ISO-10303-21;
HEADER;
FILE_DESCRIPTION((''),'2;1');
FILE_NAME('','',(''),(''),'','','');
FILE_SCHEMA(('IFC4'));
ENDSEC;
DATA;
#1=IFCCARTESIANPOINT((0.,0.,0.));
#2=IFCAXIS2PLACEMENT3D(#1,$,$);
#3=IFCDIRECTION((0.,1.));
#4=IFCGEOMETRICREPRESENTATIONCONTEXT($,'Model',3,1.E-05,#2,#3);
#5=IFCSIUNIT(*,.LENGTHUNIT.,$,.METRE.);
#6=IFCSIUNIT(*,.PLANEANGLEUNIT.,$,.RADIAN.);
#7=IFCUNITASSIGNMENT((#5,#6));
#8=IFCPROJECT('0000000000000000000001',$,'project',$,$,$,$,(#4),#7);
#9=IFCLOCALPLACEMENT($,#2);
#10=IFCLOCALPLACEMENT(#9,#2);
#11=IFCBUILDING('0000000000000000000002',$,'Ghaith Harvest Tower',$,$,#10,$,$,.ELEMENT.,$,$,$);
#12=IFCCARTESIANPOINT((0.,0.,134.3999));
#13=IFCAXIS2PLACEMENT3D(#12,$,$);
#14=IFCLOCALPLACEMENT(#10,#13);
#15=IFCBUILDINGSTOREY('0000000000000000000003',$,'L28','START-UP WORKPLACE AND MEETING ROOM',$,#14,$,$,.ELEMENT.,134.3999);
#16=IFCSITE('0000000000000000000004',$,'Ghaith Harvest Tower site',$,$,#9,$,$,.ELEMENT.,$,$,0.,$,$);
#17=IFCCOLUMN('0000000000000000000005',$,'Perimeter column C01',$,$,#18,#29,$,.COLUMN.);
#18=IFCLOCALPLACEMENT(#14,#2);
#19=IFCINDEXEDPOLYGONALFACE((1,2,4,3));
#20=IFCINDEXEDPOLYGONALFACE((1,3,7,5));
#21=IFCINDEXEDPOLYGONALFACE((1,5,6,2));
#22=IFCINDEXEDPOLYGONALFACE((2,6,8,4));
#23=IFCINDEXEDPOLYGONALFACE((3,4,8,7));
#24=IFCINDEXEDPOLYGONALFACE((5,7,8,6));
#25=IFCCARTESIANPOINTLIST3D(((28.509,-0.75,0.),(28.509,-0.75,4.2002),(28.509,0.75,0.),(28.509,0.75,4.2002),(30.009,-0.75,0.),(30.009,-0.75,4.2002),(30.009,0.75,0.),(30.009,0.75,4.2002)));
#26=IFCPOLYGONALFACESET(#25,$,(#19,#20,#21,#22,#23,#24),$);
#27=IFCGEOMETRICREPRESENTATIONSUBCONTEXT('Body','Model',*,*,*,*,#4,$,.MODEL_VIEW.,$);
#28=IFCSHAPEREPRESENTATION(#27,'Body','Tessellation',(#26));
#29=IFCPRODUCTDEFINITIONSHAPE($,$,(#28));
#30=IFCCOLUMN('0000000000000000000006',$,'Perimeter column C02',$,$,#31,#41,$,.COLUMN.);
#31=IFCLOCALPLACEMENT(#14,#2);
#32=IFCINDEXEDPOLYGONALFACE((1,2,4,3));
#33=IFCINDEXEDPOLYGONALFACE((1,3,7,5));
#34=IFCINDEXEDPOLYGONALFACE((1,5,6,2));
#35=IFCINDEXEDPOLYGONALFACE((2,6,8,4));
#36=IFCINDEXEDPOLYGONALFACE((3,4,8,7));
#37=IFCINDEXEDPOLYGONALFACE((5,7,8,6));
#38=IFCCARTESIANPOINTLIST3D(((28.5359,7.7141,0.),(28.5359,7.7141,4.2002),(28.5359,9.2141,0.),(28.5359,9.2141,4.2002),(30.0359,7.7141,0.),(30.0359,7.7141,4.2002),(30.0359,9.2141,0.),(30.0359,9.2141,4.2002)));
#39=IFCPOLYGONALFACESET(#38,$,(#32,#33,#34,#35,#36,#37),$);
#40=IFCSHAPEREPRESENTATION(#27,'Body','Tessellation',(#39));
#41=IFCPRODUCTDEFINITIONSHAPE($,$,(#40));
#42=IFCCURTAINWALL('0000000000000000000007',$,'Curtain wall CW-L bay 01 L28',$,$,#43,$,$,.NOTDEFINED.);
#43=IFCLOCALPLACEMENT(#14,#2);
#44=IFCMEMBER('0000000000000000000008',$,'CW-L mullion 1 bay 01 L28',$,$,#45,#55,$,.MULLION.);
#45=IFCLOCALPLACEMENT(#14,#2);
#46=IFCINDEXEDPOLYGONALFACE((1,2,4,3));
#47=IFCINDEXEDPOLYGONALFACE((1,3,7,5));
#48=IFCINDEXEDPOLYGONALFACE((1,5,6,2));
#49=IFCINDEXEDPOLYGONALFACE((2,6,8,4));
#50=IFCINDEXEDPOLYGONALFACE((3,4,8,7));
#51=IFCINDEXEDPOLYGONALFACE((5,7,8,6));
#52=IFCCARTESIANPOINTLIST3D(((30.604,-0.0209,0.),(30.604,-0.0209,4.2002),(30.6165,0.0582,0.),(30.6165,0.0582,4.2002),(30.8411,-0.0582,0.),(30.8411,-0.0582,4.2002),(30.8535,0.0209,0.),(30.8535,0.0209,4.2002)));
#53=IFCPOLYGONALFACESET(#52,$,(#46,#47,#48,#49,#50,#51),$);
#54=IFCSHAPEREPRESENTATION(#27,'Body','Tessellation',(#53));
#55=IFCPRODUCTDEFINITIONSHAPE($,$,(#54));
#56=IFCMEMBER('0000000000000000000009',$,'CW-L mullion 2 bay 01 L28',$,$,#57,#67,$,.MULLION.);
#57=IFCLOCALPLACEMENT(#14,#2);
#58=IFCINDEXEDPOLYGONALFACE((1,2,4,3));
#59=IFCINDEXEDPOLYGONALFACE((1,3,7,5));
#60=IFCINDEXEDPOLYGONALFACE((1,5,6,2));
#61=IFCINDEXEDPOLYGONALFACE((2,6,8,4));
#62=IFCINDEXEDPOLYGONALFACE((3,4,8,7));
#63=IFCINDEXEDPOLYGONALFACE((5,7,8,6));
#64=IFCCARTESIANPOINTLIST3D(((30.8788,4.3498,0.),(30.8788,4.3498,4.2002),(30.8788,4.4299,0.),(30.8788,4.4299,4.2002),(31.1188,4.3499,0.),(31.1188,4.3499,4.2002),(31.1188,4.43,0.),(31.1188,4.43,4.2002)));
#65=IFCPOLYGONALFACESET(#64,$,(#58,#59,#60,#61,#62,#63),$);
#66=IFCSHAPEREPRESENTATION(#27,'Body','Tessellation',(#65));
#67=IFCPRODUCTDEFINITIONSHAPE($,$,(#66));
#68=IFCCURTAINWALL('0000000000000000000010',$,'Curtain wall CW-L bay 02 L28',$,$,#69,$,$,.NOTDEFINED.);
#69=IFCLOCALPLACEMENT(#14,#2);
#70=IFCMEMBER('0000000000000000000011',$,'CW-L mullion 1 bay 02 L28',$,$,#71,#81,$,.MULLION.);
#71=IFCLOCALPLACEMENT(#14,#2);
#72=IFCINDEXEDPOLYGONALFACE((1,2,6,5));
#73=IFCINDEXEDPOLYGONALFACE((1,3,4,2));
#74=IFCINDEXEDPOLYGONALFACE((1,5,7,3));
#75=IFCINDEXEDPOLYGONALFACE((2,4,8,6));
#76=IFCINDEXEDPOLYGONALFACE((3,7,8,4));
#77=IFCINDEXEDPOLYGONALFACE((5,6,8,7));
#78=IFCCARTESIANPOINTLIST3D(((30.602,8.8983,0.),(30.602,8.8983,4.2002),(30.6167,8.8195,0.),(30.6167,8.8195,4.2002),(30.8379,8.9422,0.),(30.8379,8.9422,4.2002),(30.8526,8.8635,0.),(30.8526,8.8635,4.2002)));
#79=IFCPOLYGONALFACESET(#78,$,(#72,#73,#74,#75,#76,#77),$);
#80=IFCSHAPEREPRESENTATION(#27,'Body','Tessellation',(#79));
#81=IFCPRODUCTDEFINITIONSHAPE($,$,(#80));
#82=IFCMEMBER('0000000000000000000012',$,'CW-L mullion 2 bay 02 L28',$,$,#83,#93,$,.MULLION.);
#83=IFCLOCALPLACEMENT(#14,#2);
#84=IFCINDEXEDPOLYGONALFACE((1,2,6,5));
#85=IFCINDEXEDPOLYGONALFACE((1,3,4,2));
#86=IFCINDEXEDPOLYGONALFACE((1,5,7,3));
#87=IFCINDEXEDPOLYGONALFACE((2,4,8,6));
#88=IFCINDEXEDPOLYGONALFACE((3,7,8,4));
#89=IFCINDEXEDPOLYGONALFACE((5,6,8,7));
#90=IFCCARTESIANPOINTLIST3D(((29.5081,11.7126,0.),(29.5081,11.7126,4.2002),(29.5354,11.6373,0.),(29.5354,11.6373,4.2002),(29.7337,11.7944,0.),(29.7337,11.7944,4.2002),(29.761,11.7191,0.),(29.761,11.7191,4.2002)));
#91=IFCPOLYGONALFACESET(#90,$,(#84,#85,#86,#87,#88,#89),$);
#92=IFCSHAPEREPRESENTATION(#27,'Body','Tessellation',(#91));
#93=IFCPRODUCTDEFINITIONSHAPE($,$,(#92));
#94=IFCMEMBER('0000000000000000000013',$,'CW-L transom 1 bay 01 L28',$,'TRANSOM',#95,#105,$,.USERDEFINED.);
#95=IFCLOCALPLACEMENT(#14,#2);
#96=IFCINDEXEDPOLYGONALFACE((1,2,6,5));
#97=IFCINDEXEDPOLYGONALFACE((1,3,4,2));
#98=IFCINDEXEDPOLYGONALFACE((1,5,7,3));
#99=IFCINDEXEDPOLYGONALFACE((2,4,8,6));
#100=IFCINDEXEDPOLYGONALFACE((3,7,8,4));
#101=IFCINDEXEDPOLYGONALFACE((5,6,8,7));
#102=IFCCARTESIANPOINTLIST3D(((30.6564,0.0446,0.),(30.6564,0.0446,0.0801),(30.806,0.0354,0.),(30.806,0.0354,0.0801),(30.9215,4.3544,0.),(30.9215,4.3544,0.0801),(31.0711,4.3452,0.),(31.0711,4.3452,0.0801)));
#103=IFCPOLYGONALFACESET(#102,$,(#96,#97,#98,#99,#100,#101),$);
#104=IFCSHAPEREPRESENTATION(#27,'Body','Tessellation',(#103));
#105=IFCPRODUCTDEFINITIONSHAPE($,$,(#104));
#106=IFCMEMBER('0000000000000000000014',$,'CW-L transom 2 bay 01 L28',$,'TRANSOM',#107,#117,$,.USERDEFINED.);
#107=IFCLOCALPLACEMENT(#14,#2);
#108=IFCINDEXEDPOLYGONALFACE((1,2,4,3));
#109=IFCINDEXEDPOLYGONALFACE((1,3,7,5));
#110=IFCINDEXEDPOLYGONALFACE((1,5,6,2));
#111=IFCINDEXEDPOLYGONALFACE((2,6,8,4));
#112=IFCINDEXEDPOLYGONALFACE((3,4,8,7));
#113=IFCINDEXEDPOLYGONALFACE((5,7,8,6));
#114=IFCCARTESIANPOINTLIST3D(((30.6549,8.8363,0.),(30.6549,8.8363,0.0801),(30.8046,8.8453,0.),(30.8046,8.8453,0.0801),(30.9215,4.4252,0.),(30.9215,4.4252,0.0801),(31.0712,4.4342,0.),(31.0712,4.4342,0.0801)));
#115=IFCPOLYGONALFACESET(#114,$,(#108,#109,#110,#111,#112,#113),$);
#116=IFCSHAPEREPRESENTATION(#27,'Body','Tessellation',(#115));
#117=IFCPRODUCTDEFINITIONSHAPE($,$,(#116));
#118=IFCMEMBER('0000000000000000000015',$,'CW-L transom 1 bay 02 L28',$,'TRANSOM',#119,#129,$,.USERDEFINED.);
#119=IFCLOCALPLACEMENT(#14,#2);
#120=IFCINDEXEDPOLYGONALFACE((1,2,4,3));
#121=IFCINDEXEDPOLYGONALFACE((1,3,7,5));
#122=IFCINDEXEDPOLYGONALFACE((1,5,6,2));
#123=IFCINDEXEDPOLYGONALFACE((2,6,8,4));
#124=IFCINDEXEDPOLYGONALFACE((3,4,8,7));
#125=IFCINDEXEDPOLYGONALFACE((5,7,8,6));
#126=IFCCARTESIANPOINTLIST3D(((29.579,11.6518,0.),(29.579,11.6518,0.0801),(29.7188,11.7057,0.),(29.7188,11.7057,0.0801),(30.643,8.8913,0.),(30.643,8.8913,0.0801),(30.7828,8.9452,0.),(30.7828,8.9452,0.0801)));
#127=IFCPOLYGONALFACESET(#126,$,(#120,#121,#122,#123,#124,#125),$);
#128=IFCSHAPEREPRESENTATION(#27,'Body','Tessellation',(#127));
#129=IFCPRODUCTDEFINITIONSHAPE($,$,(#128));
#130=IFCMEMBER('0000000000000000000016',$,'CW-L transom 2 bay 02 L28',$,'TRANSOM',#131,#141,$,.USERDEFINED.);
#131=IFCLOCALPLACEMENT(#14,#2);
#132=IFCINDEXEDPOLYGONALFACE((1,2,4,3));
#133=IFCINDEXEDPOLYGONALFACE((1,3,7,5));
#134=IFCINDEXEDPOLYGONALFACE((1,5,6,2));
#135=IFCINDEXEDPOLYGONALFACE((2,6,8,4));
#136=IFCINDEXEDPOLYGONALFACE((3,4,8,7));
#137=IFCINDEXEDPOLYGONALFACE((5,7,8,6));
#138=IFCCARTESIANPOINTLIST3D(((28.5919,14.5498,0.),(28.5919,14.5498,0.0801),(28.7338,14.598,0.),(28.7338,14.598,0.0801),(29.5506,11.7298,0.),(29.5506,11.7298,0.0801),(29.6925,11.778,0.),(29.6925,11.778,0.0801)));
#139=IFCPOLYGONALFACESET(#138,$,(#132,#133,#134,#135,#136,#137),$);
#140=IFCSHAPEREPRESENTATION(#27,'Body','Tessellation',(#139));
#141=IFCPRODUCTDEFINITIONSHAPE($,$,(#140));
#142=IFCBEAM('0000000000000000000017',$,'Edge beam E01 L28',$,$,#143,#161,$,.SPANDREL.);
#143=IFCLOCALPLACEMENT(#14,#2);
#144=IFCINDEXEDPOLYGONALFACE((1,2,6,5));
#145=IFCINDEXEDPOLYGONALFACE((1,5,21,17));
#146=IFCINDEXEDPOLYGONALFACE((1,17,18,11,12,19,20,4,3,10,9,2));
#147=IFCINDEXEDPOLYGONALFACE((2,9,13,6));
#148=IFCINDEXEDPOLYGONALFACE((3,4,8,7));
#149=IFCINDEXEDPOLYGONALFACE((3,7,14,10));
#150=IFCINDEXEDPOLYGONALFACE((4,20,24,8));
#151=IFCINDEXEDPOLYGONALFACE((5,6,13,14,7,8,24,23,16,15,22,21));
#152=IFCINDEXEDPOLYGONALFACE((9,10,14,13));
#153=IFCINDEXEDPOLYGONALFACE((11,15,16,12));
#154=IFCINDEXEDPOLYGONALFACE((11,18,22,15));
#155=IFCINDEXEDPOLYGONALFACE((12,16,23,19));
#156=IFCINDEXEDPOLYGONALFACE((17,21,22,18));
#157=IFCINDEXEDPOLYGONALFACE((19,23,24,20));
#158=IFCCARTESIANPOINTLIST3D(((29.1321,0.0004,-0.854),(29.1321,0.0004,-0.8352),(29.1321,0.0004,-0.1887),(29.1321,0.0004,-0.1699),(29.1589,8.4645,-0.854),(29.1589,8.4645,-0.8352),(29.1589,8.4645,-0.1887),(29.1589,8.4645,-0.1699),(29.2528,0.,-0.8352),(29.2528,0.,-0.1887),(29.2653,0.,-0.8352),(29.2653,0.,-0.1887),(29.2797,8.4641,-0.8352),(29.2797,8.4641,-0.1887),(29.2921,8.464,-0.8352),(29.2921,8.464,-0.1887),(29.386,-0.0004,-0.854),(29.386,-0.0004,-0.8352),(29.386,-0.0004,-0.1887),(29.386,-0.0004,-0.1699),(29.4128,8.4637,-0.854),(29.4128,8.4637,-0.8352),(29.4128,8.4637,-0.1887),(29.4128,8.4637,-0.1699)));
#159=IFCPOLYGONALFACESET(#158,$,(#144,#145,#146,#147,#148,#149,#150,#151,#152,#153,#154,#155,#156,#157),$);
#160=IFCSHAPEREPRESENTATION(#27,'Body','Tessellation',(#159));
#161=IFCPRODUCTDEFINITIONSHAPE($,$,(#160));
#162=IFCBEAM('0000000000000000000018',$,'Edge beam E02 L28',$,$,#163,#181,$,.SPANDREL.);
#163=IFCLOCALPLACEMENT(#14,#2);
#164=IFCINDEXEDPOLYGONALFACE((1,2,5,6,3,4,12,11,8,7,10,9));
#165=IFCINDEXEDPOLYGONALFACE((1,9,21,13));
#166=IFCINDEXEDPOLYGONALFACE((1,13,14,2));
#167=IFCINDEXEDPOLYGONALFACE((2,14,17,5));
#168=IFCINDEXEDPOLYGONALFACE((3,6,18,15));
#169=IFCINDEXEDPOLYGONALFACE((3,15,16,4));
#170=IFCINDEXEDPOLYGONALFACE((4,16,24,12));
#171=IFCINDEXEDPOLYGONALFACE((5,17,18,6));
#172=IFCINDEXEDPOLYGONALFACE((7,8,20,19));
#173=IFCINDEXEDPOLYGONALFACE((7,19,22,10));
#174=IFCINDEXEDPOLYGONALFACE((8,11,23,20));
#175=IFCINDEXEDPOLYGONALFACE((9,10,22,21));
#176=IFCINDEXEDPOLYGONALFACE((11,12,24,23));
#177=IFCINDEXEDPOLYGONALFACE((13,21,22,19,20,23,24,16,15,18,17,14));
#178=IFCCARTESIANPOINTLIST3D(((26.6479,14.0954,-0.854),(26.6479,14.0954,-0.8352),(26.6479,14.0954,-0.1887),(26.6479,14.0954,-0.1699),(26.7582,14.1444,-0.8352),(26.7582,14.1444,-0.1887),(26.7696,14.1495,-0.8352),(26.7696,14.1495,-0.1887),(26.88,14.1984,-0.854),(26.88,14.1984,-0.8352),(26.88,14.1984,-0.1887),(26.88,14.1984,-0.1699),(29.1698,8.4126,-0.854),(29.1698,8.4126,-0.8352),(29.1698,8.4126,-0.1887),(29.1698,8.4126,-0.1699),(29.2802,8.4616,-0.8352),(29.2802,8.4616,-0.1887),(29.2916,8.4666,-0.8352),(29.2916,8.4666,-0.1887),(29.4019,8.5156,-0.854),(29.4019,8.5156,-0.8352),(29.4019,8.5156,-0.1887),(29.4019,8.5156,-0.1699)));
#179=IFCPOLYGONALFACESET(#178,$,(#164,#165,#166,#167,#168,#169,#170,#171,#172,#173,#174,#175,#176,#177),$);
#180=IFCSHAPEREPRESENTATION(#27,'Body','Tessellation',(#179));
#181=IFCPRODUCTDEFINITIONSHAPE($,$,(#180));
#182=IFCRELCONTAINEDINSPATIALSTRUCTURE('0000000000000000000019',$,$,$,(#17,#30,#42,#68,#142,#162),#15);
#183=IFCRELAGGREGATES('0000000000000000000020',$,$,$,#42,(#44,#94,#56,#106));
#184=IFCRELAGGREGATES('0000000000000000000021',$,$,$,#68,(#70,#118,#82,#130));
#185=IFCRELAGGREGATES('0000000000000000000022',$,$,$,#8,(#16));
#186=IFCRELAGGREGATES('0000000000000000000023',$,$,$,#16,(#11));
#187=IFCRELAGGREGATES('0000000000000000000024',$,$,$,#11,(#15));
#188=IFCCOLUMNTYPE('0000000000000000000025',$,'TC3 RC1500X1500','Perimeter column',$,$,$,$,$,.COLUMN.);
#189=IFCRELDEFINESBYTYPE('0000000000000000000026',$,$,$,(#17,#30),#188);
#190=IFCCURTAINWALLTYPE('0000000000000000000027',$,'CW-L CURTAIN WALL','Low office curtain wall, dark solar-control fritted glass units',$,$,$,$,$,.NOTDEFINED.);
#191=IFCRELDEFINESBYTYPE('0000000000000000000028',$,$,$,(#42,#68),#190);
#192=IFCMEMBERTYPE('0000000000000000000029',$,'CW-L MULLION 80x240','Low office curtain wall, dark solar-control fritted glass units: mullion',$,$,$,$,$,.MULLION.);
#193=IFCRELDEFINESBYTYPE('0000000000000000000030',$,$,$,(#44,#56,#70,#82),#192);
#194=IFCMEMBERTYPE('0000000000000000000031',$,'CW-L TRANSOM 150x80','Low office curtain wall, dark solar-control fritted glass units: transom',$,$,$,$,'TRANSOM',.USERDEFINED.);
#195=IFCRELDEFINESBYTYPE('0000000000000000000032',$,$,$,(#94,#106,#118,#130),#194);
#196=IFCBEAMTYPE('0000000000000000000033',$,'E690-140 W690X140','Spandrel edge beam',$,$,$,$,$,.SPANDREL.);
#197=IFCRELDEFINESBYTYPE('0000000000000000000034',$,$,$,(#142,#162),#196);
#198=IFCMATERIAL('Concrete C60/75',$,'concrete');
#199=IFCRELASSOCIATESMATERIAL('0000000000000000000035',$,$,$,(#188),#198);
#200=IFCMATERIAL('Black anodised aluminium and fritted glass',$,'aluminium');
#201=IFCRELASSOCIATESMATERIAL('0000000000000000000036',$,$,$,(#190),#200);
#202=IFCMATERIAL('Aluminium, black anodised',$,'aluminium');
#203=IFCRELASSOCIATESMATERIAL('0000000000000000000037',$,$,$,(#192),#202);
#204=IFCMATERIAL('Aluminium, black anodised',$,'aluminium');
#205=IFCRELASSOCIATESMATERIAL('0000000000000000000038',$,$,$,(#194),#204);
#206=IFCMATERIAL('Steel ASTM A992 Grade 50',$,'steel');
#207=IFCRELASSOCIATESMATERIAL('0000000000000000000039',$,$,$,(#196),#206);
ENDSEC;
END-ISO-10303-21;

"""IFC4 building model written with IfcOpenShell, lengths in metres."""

from ifc_helpers import new_model, si_unit, direction, frame, origin, origin_2d, place, context, subcontext, project, spatial, rectangle, i_section, extrude, material, material_profile, profile_set, type_object, element, aggregate, save


model = new_model("IFC4")

# Units and contexts
model_context = context("Model", 3, precision=1e-05, world=origin(), true_north=direction((0.0, 1.0)))
body_context = subcontext(model_context, "Body", "Model", "MODEL_VIEW")
ifc_project = project(units=[si_unit("LENGTHUNIT", "METRE"), si_unit("PLANEANGLEUNIT", "RADIAN")], contexts=[model_context])

# Site, building, storey
site_placement = place(None, origin())
site = spatial("IfcSite", under=ifc_project, at=site_placement, Name="Ghaith Harvest Tower site", CompositionType="ELEMENT", RefElevation=0.0)
building_placement = place(site_placement, origin())
building = spatial("IfcBuilding", under=site, at=building_placement, Name="Ghaith Harvest Tower", CompositionType="ELEMENT")
storey_placement = place(building_placement, frame((0.0, 0.0, 134.3999)))
storey = spatial("IfcBuildingStorey", under=building, at=storey_placement, Name="L28", Description="START-UP WORKPLACE AND MEETING ROOM", CompositionType="ELEMENT", Elevation=134.3999)

# Columns
ifc_material_1 = material(Name="Concrete C60/75", Category="concrete")
ifc_material_profile_1 = material_profile(ifc_material_1, rectangle(XDim=1.5, YDim=1.5, at=origin_2d()), Name="RC1500X1500")
ifc_profile_set_1 = profile_set([ifc_material_profile_1], Name="Concrete C60/75")
column_type = type_object("IfcColumnType", Name="TC3 RC1500X1500", Description="Perimeter column", PredefinedType="COLUMN", material=ifc_profile_set_1)
for number, where, z_axis, x_axis, name in (
    (1, (29.259, 0.0, 0.0), (0.0, 0.0, 1.0), (1.0, 0.0, 0.0), "Perimeter column C01"),
    (2, (29.2859, 8.4641, 0.0), (0.0, 0.0, 1.0), (1.0, 0.0, 0.0), "Perimeter column C02"),
):
    element("IfcColumn", number, at=place(storey_placement, frame(where, z_axis=z_axis, x_axis=x_axis)), inside=storey, type_object=column_type, Name=name, PredefinedType="COLUMN", context=body_context, shape_type="SweptSolid", body=[
        extrude(rectangle(XDim=1.5, YDim=1.5, at=origin_2d()), origin(), (0.0, 0.0, 1.0), 4.2002),
    ])

# Curtain walls, members
ifc_material_2 = material(Name="Black anodised aluminium and fritted glass", Category="aluminium")
curtain_wall_type = type_object("IfcCurtainWallType", Name="CW-L CURTAIN WALL", Description="Low office curtain wall, dark solar-control fritted glass units", PredefinedType="NOTDEFINED", material=ifc_material_2)
curtain_wall_1_placement = place(storey_placement, origin())
curtain_wall_1 = element("IfcCurtainWall", 3, at=curtain_wall_1_placement, inside=storey, type_object=curtain_wall_type, Name="Curtain wall CW-L bay 01 L28", PredefinedType="NOTDEFINED")
ifc_material_3 = material(Name="Aluminium, black anodised", Category="aluminium")
ifc_material_profile_2 = material_profile(ifc_material_3, rectangle(XDim=0.0801, YDim=0.24, at=origin_2d()), Name="CW-L MULLION 80x240")
ifc_profile_set_2 = profile_set([ifc_material_profile_2], Name="Aluminium, black anodised")
member_type_1 = type_object("IfcMemberType", Name="CW-L MULLION 80x240", Description="Low office curtain wall, dark solar-control fritted glass units: mullion", PredefinedType="MULLION", material=ifc_profile_set_2)
member_1_placement = place(storey_placement, frame((30.7288, 0.0, 0.0), z_axis=(0.0, 0.0, 1.0), x_axis=(0.155597, 0.987821, 0.0)))
member_1 = element("IfcMember", 4, at=member_1_placement, type_object=member_type_1, Name="CW-L mullion 1 bay 01 L28", PredefinedType="MULLION", context=body_context, shape_type="SweptSolid", body=[
    extrude(rectangle(XDim=0.0801, YDim=0.24, at=origin_2d()), origin(), (0.0, 0.0, 1.0), 4.2002),
])
member_2_placement = place(storey_placement, frame((30.9988, 4.3899, 0.0), z_axis=(0.0, 0.0, 1.0), x_axis=(-0.000162, 1.0, 0.0)))
member_2 = element("IfcMember", 5, at=member_2_placement, type_object=member_type_1, Name="CW-L mullion 2 bay 01 L28", PredefinedType="MULLION", context=body_context, shape_type="SweptSolid", body=[
    extrude(rectangle(XDim=0.0801, YDim=0.24, at=origin_2d()), origin(), (0.0, 0.0, 1.0), 4.2002),
])
curtain_wall_2_placement = place(storey_placement, origin())
curtain_wall_2 = element("IfcCurtainWall", 6, at=curtain_wall_2_placement, inside=storey, type_object=curtain_wall_type, Name="Curtain wall CW-L bay 02 L28", PredefinedType="NOTDEFINED")
member_3_placement = place(storey_placement, frame((30.7273, 8.8809, 0.0), z_axis=(0.0, 0.0, 1.0), x_axis=(-0.18307, 0.9831, 0.0)))
member_3 = element("IfcMember", 7, at=member_3_placement, type_object=member_type_1, Name="CW-L mullion 1 bay 02 L28", PredefinedType="MULLION", context=body_context, shape_type="SweptSolid", body=[
    extrude(rectangle(XDim=0.0801, YDim=0.24, at=origin_2d()), origin(), (0.0, 0.0, 1.0), 4.2002),
])
member_4_placement = place(storey_placement, frame((29.6345, 11.7158, 0.0), z_axis=(0.0, 0.0, 1.0), x_axis=(-0.340771, 0.940146, 0.0)))
member_4 = element("IfcMember", 8, at=member_4_placement, type_object=member_type_1, Name="CW-L mullion 2 bay 02 L28", PredefinedType="MULLION", context=body_context, shape_type="SweptSolid", body=[
    extrude(rectangle(XDim=0.0801, YDim=0.24, at=origin_2d()), origin(), (0.0, 0.0, 1.0), 4.2002),
])

# Members
ifc_material_4 = material(Name="Aluminium, black anodised", Category="aluminium")
ifc_material_profile_3 = material_profile(ifc_material_4, rectangle(XDim=0.1499, YDim=0.0801, at=origin_2d()), Name="CW-L TRANSOM 150x80")
ifc_profile_set_3 = profile_set([ifc_material_profile_3], Name="Aluminium, black anodised")
member_type_2 = type_object("IfcMemberType", Name="CW-L TRANSOM 150x80", Description="Low office curtain wall, dark solar-control fritted glass units: transom", ElementType="TRANSOM", PredefinedType="USERDEFINED", material=ifc_profile_set_3)
member_5_placement = place(storey_placement, frame((30.7312, 0.04, 0.04), z_axis=(0.061403, 0.998113, 0.0), x_axis=(-0.998113, 0.061403, 0.0)))
member_5 = element("IfcMember", 9, at=member_5_placement, type_object=member_type_2, Name="CW-L transom 1 bay 01 L28", ObjectType="TRANSOM", PredefinedType="USERDEFINED", context=body_context, shape_type="SweptSolid", body=[
    extrude(rectangle(XDim=0.1499, YDim=0.0801, at=origin_2d()), origin(), (0.0, 0.0, 1.0), 4.3179),
])
member_6_placement = place(storey_placement, frame((30.9963, 4.4297, 0.04), z_axis=(-0.060328, 0.998179, 0.0), x_axis=(-0.998179, -0.060328, 0.0)))
member_6 = element("IfcMember", 10, at=member_6_placement, type_object=member_type_2, Name="CW-L transom 2 bay 01 L28", ObjectType="TRANSOM", PredefinedType="USERDEFINED", context=body_context, shape_type="SweptSolid", body=[
    extrude(rectangle(XDim=0.1499, YDim=0.0801, at=origin_2d()), origin(), (0.0, 0.0, 1.0), 4.4192),
])
member_7_placement = place(storey_placement, frame((30.7129, 8.9182, 0.04), z_axis=(-0.359637, 0.933092, 0.0), x_axis=(-0.933092, -0.359637, 0.0)))
member_7 = element("IfcMember", 11, at=member_7_placement, type_object=member_type_2, Name="CW-L transom 1 bay 02 L28", ObjectType="TRANSOM", PredefinedType="USERDEFINED", context=body_context, shape_type="SweptSolid", body=[
    extrude(rectangle(XDim=0.1499, YDim=0.0801, at=origin_2d()), origin(), (0.0, 0.0, 1.0), 2.9585),
])
member_8_placement = place(storey_placement, frame((29.6216, 11.7539, 0.04), z_axis=(-0.321878, 0.946781, 0.0), x_axis=(-0.946781, -0.321878, 0.0)))
member_8 = element("IfcMember", 12, at=member_8_placement, type_object=member_type_2, Name="CW-L transom 2 bay 02 L28", ObjectType="TRANSOM", PredefinedType="USERDEFINED", context=body_context, shape_type="SweptSolid", body=[
    extrude(rectangle(XDim=0.1499, YDim=0.0801, at=origin_2d()), origin(), (0.0, 0.0, 1.0), 2.9785),
])

# Beams
ifc_material_5 = material(Name="Steel ASTM A992 Grade 50", Category="steel")
ifc_material_profile_4 = material_profile(ifc_material_5, i_section(OverallWidth=0.2539, OverallDepth=0.6841, WebThickness=0.0125, FlangeThickness=0.0188, at=origin_2d()), Name="W690X140")
ifc_profile_set_4 = profile_set([ifc_material_profile_4], Name="Steel ASTM A992 Grade 50")
beam_type_1 = type_object("IfcBeamType", Name="E690-140 W690X140", Description="Spandrel edge beam", PredefinedType="SPANDREL", material=ifc_profile_set_4)
beam_1_placement = place(storey_placement, frame((29.259, 0.0, -0.512), z_axis=(0.003173, 0.999995, 0.0), x_axis=(-0.999995, 0.003173, 0.0)))
element("IfcBeam", 13, at=beam_1_placement, inside=storey, type_object=beam_type_1, Name="Edge beam E01 L28", PredefinedType="SPANDREL", context=body_context, shape_type="SweptSolid", body=[
    extrude(i_section(OverallWidth=0.2539, OverallDepth=0.6841, WebThickness=0.0125, FlangeThickness=0.0188, at=origin_2d()), origin(), (0.0, 0.0, 1.0), 8.4641),
])
beam_2_placement = place(storey_placement, frame((29.2859, 8.4641, -0.512), z_axis=(-0.405636, 0.914035, 0.0), x_axis=(-0.914035, -0.405636, 0.0)))
element("IfcBeam", 14, at=beam_2_placement, inside=storey, type_object=beam_type_1, Name="Edge beam E02 L28", PredefinedType="SPANDREL", context=body_context, shape_type="SweptSolid", body=[
    extrude(i_section(OverallWidth=0.2539, OverallDepth=0.6841, WebThickness=0.0125, FlangeThickness=0.0188, at=origin_2d()), origin(), (0.0, 0.0, 1.0), 6.2173),
])

aggregate(curtain_wall_1, [member_1, member_5, member_2, member_6])
aggregate(curtain_wall_2, [member_3, member_7, member_4, member_8])

save(model, "model.ifc")
